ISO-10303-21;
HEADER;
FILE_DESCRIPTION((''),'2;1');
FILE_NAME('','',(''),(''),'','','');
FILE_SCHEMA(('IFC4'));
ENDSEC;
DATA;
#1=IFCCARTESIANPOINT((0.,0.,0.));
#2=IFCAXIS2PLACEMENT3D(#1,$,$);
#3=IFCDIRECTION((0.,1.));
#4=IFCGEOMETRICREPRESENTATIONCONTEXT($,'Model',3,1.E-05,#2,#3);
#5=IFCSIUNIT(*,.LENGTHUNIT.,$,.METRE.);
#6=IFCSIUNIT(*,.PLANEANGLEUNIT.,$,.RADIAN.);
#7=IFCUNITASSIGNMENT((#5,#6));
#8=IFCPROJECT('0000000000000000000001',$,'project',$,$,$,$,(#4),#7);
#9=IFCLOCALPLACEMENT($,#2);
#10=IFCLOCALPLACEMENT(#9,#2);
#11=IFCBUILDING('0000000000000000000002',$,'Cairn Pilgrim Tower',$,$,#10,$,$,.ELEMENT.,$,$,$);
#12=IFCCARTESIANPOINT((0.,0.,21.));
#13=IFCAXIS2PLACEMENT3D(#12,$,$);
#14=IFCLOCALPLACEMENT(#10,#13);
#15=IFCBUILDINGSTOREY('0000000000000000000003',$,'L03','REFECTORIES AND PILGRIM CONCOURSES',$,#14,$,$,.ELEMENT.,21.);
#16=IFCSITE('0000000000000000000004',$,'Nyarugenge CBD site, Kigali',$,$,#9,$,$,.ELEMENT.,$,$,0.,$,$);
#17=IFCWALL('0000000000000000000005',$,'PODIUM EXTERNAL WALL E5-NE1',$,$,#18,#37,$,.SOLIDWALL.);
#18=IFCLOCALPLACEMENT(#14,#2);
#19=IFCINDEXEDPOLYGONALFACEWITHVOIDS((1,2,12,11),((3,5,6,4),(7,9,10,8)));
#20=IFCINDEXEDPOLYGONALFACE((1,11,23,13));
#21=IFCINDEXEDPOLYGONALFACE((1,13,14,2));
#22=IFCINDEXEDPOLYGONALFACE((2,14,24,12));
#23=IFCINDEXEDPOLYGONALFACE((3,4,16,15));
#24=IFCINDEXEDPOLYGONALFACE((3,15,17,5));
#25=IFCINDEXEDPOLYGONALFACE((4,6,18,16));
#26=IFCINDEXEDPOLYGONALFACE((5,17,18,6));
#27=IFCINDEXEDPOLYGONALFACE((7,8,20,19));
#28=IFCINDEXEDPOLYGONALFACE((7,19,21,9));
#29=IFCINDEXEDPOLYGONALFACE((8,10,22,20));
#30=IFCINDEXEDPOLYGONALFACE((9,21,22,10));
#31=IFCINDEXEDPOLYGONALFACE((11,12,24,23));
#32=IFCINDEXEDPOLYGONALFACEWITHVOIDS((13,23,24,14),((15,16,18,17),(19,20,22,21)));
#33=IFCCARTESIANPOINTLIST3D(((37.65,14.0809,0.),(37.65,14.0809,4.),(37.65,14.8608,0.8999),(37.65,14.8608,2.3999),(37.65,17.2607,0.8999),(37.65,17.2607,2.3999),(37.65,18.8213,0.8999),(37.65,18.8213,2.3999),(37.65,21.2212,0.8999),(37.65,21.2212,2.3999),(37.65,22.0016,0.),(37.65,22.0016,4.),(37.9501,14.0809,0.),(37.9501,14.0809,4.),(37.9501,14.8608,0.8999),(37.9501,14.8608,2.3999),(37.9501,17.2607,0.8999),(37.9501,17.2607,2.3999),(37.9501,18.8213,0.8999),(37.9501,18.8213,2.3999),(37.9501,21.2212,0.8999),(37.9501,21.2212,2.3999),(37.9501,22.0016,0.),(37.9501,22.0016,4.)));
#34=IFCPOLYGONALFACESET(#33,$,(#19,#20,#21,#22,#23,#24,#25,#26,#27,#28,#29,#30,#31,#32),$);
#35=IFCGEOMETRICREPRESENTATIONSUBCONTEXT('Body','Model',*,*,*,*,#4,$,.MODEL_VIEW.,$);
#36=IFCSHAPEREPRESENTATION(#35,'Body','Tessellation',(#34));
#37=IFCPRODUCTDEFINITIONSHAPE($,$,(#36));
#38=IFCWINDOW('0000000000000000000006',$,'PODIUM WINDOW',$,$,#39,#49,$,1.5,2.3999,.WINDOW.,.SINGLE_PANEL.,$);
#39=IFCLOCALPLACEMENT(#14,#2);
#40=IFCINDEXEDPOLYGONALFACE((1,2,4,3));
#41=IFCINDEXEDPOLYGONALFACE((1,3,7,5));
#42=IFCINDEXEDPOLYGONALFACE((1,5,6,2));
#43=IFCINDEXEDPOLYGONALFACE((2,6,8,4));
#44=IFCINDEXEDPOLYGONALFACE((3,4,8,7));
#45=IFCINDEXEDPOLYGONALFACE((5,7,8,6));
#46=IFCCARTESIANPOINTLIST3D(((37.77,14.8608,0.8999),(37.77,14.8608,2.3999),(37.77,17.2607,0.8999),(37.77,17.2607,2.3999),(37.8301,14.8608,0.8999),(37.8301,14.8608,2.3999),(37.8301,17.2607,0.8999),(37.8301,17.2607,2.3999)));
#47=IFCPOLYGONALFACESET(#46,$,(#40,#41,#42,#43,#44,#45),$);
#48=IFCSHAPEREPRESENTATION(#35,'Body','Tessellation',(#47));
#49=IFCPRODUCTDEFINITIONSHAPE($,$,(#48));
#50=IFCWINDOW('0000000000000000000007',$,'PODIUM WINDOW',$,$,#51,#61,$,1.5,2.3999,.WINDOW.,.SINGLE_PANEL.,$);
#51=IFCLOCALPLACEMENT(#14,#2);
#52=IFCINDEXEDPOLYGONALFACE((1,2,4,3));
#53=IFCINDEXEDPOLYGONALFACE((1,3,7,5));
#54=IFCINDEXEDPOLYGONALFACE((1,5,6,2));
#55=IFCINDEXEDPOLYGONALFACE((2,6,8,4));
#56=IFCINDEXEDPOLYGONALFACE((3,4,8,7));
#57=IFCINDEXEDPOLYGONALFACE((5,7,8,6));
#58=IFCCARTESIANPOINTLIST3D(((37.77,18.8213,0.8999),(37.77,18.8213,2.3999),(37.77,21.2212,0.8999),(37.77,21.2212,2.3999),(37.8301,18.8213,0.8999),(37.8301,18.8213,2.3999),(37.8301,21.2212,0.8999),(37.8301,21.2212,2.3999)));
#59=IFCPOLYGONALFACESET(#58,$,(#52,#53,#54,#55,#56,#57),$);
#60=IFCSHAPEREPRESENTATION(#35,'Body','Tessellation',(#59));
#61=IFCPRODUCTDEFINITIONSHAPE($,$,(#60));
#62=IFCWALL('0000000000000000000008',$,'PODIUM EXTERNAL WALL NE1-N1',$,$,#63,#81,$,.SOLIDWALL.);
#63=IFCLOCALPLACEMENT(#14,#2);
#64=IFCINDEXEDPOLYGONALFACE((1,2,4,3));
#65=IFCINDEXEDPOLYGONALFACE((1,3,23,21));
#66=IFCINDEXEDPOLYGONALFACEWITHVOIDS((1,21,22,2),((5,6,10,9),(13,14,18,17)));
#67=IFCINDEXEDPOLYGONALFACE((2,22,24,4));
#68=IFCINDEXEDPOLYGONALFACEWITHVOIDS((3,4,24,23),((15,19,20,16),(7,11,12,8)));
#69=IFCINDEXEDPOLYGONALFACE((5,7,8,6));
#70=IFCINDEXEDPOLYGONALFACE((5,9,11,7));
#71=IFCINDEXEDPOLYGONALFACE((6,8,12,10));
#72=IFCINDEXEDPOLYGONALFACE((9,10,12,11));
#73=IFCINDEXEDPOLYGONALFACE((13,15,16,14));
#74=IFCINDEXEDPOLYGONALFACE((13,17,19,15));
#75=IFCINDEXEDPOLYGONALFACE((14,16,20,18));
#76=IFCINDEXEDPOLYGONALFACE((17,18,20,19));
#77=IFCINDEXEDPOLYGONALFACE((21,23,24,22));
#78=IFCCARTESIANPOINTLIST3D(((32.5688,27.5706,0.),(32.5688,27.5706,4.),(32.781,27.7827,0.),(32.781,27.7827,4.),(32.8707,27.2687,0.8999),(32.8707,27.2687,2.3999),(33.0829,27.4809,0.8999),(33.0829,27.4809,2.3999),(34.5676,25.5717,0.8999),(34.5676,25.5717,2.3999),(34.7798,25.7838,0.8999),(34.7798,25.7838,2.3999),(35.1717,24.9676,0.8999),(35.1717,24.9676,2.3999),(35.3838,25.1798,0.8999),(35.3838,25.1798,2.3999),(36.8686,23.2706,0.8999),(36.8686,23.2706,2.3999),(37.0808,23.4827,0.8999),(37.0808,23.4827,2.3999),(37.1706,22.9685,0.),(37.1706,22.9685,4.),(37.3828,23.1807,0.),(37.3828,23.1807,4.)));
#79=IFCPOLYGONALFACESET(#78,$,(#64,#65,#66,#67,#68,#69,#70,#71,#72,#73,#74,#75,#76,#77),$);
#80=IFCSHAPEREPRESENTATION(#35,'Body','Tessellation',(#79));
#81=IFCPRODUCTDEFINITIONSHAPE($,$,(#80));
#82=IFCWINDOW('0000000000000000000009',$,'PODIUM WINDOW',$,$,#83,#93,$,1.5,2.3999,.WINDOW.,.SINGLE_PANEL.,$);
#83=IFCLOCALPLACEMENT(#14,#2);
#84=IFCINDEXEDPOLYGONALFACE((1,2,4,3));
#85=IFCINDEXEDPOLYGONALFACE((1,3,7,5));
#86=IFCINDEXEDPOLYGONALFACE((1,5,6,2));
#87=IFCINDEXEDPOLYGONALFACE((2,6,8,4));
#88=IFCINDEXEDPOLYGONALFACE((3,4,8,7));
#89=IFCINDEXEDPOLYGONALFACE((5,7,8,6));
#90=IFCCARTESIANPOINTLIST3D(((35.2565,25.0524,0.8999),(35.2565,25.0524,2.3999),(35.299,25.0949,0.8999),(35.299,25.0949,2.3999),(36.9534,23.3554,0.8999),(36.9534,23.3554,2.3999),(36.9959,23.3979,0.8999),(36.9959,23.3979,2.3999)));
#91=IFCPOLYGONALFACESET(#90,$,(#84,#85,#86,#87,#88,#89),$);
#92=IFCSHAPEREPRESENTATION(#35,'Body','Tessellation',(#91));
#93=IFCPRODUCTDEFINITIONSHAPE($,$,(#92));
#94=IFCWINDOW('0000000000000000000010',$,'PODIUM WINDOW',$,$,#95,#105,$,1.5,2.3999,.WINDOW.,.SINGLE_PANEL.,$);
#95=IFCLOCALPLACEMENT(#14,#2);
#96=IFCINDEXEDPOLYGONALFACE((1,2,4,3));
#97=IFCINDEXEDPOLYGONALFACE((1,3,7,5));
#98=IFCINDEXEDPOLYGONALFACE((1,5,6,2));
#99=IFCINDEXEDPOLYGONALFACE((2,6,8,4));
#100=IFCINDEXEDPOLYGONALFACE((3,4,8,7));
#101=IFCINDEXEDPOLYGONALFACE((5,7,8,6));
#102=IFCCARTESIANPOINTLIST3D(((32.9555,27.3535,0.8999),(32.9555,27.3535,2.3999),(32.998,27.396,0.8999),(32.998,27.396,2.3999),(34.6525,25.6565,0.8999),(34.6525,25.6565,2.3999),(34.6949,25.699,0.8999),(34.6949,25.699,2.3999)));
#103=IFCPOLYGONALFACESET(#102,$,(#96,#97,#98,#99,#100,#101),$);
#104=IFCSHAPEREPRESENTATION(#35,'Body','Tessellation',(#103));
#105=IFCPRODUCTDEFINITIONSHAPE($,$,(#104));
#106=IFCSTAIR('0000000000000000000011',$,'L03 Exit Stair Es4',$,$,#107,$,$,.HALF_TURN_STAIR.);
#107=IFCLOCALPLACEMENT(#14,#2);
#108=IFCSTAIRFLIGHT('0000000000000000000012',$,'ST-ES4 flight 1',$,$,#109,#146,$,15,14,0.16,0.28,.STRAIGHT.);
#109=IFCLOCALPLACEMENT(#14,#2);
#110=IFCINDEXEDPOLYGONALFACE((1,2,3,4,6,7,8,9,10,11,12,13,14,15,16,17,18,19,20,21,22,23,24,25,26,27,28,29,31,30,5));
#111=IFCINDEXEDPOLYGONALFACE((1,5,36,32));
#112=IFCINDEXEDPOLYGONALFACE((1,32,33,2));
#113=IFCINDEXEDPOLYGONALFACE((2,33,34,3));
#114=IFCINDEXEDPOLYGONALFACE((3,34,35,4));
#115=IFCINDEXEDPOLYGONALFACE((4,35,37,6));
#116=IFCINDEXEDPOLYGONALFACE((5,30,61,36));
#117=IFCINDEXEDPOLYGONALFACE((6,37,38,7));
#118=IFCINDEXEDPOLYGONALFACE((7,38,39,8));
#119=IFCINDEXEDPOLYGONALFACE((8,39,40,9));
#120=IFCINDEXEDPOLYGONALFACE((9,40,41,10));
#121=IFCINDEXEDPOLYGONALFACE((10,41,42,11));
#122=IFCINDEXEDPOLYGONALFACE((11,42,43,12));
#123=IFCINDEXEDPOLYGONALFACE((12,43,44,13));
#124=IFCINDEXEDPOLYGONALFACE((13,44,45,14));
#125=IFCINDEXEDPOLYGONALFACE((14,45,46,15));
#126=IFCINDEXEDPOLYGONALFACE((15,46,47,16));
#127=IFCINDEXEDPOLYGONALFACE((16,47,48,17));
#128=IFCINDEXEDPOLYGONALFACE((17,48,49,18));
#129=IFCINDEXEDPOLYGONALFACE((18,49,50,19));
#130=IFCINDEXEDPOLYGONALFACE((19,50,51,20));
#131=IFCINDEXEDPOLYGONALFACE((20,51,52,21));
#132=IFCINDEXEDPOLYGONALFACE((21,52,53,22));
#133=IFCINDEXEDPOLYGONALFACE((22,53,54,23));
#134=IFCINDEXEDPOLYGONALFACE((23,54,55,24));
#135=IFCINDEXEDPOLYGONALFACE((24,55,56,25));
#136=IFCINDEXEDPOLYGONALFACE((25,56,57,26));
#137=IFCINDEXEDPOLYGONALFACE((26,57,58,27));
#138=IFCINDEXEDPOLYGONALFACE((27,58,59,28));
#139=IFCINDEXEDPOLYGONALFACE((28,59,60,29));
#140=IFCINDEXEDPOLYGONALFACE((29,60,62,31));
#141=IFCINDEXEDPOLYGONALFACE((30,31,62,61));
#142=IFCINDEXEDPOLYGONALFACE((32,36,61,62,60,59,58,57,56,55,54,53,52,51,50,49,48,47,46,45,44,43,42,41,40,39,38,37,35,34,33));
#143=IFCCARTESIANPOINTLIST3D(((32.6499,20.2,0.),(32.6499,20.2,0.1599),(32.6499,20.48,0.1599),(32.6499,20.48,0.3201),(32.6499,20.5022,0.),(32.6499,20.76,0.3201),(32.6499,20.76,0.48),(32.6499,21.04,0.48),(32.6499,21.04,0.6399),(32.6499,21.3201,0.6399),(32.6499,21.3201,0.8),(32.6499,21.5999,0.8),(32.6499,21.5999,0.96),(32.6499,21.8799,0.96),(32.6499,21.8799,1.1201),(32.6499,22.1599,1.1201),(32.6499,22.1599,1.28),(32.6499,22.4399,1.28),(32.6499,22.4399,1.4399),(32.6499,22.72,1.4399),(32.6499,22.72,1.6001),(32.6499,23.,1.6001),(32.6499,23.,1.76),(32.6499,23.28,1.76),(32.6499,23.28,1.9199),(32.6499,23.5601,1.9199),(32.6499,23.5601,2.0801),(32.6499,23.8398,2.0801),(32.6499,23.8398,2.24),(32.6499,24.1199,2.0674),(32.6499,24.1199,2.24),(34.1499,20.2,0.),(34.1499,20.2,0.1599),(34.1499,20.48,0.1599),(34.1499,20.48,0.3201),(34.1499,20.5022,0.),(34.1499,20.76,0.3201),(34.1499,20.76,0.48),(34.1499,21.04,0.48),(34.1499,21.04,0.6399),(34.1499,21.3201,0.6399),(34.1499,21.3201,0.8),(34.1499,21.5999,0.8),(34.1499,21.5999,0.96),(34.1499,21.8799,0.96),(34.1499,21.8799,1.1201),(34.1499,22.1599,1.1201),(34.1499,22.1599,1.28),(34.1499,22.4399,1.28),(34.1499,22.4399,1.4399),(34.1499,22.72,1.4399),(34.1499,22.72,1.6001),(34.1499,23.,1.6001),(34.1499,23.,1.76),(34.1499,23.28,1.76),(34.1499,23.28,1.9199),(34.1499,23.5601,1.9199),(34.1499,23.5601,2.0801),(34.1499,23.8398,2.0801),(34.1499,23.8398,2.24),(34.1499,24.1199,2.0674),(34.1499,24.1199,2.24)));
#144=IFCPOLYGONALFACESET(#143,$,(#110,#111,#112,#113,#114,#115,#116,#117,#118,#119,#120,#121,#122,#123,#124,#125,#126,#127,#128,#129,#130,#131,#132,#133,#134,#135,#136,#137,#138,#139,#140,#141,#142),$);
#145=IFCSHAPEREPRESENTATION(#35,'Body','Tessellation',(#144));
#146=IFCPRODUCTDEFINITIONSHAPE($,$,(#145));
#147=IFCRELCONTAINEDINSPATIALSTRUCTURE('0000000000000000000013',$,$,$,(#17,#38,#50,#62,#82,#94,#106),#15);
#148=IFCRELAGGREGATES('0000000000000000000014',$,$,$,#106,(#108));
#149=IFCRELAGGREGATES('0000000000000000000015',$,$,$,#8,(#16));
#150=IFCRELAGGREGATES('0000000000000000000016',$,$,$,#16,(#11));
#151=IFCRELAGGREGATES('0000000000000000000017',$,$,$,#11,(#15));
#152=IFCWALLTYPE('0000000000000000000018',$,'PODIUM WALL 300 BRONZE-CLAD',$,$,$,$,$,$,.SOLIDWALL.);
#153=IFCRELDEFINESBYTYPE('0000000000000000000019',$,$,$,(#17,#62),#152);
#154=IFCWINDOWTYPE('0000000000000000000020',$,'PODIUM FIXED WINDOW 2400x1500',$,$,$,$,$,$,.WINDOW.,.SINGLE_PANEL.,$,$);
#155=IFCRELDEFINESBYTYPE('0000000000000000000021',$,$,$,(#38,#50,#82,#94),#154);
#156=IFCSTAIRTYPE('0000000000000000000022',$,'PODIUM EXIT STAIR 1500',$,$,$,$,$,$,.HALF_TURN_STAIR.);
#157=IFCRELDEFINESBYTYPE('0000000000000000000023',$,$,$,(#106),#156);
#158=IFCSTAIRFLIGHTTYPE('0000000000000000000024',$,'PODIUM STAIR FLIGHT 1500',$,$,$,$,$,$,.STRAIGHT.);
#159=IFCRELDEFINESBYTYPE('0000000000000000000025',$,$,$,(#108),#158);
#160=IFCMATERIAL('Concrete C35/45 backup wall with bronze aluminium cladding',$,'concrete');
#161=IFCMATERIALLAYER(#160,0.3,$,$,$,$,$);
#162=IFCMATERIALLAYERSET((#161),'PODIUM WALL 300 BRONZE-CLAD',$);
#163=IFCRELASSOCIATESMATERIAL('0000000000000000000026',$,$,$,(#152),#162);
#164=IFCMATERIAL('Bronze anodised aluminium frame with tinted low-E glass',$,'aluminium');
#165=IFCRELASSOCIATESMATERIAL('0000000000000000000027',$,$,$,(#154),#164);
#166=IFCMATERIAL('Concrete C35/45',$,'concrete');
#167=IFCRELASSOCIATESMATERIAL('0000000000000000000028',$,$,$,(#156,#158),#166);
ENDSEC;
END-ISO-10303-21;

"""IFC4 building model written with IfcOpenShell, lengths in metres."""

from ifc_helpers import new_model, si_unit, direction, frame, frame_2d, origin, place, context, subcontext, project, spatial, polyline, rectangle, outline, extrude, material, layer, layer_set, type_object, element, fill, aggregate, save


model = new_model("IFC4")

# Units and contexts
model_context = context("Model", 3, precision=1e-05, world=origin(), true_north=direction((0.0, 1.0)))
body_context = subcontext(model_context, "Body", "Model", "MODEL_VIEW")
ifc_project = project(units=[si_unit("LENGTHUNIT", "METRE"), si_unit("PLANEANGLEUNIT", "RADIAN")], contexts=[model_context])

# Site, building, storey
site_placement = place(None, origin())
site = spatial("IfcSite", under=ifc_project, at=site_placement, Name="Nyarugenge CBD site, Kigali", CompositionType="ELEMENT", RefElevation=0.0)
building_placement = place(site_placement, origin())
building = spatial("IfcBuilding", under=site, at=building_placement, Name="Cairn Pilgrim Tower", CompositionType="ELEMENT")
storey_placement = place(building_placement, frame((0.0, 0.0, 21.0)))
storey = spatial("IfcBuildingStorey", under=building, at=storey_placement, Name="L03", Description="REFECTORIES AND PILGRIM CONCOURSES", CompositionType="ELEMENT", Elevation=21.0)

# Shared definitions
ifc_material_1 = material(Name="Concrete C35/45", Category="concrete")

# Walls, openings, windows
ifc_material_2 = material(Name="Concrete C35/45 backup wall with bronze aluminium cladding", Category="concrete")
ifc_layer_1 = layer(ifc_material_2, 0.3)
ifc_layer_set_1 = layer_set([ifc_layer_1], Name="PODIUM WALL 300 BRONZE-CLAD")
wall_type_1 = type_object("IfcWallType", Name="PODIUM WALL 300 BRONZE-CLAD", PredefinedType="SOLIDWALL", material=ifc_layer_set_1)
wall_1_placement = place(storey_placement, frame((37.8, 14.0808, 0.0), z_axis=(0.0, 0.0, 1.0), x_axis=(0.0, 1.0, 0.0)))
wall_1 = element("IfcWall", 1, at=wall_1_placement, inside=storey, type_object=wall_type_1, Name="PODIUM EXTERNAL WALL E5-NE1", PredefinedType="SOLIDWALL", context=body_context, shape_type="SweptSolid", body=[
    extrude(rectangle(XDim=7.9207, YDim=0.3, at=frame_2d((3.9604, 0.0))), origin(), (0.0, 0.0, 1.0), 4.0),
])
opening_1_placement = place(wall_1_placement, frame((0.78, 0.0, 0.8999)))
opening_1 = element("IfcOpeningElement", 2, at=opening_1_placement, cuts=wall_1, PredefinedType="OPENING", context=body_context, shape_type="SweptSolid", body=[
    extrude(rectangle(XDim=2.3999, YDim=1.5, at=frame_2d((1.2, 0.75))), frame((0.0, 0.1602, 0.0), z_axis=(0.0, -1.0, 0.0), x_axis=(1.0, 0.0, 0.0)), (0.0, 0.0, 1.0), 0.3201),
])
opening_2_placement = place(wall_1_placement, frame((4.7405, 0.0, 0.8999)))
opening_2 = element("IfcOpeningElement", 3, at=opening_2_placement, cuts=wall_1, PredefinedType="OPENING", context=body_context, shape_type="SweptSolid", body=[
    extrude(rectangle(XDim=2.3999, YDim=1.5, at=frame_2d((1.2, 0.75))), frame((0.0, 0.1602, 0.0), z_axis=(0.0, -1.0, 0.0), x_axis=(1.0, 0.0, 0.0)), (0.0, 0.0, 1.0), 0.3201),
])
ifc_material_3 = material(Name="Bronze anodised aluminium frame with tinted low-E glass", Category="aluminium")
window_type = type_object("IfcWindowType", Name="PODIUM FIXED WINDOW 2400x1500", PartitioningType="SINGLE_PANEL", PredefinedType="WINDOW", material=ifc_material_3)
window_1_placement = place(opening_1_placement, origin())
window_1 = element("IfcWindow", 4, at=window_1_placement, inside=storey, type_object=window_type, Name="PODIUM WINDOW", OverallHeight=1.5, OverallWidth=2.3999, PartitioningType="SINGLE_PANEL", PredefinedType="WINDOW", context=body_context, shape_type="SweptSolid", body=[
    extrude(rectangle(XDim=2.3999, YDim=1.5, at=frame_2d((1.2, 0.75))), frame((0.0, 0.03, 0.0), z_axis=(0.0, -1.0, 0.0), x_axis=(1.0, 0.0, 0.0)), (0.0, 0.0, 1.0), 0.0601),
])
fill(opening_1, window_1)
window_2_placement = place(opening_2_placement, origin())
window_2 = element("IfcWindow", 5, at=window_2_placement, inside=storey, type_object=window_type, Name="PODIUM WINDOW", OverallHeight=1.5, OverallWidth=2.3999, PartitioningType="SINGLE_PANEL", PredefinedType="WINDOW", context=body_context, shape_type="SweptSolid", body=[
    extrude(rectangle(XDim=2.3999, YDim=1.5, at=frame_2d((1.2, 0.75))), frame((0.0, 0.03, 0.0), z_axis=(0.0, -1.0, 0.0), x_axis=(1.0, 0.0, 0.0)), (0.0, 0.0, 1.0), 0.0601),
])
fill(opening_2, window_2)
wall_2_placement = place(storey_placement, frame((37.2766, 23.0747, 0.0), z_axis=(0.0, 0.0, 1.0), x_axis=(-0.707088, 0.707126, 0.0)))
wall_2 = element("IfcWall", 6, at=wall_2_placement, inside=storey, type_object=wall_type_1, Name="PODIUM EXTERNAL WALL NE1-N1", PredefinedType="SOLIDWALL", context=body_context, shape_type="SweptSolid", body=[
    extrude(rectangle(XDim=6.5081, YDim=0.3, at=frame_2d((3.2539, 0.0))), origin(), (0.0, 0.0, 1.0), 4.0),
])
opening_3_placement = place(wall_2_placement, frame((0.427, 0.0, 0.8999)))
opening_3 = element("IfcOpeningElement", 7, at=opening_3_placement, cuts=wall_2, PredefinedType="OPENING", context=body_context, shape_type="SweptSolid", body=[
    extrude(rectangle(XDim=2.3999, YDim=1.5, at=frame_2d((1.2, 0.75))), frame((0.0, 0.1602, 0.0), z_axis=(0.0, -1.0, 0.0), x_axis=(1.0, 0.0, 0.0)), (0.0, 0.0, 1.0), 0.3201),
])
opening_4_placement = place(wall_2_placement, frame((3.6812, 0.0, 0.8999)))
opening_4 = element("IfcOpeningElement", 8, at=opening_4_placement, cuts=wall_2, PredefinedType="OPENING", context=body_context, shape_type="SweptSolid", body=[
    extrude(rectangle(XDim=2.3999, YDim=1.5, at=frame_2d((1.2, 0.75))), frame((0.0, 0.1602, 0.0), z_axis=(0.0, -1.0, 0.0), x_axis=(1.0, 0.0, 0.0)), (0.0, 0.0, 1.0), 0.3201),
])
window_3_placement = place(opening_3_placement, origin())
window_3 = element("IfcWindow", 9, at=window_3_placement, inside=storey, type_object=window_type, Name="PODIUM WINDOW", OverallHeight=1.5, OverallWidth=2.3999, PartitioningType="SINGLE_PANEL", PredefinedType="WINDOW", context=body_context, shape_type="SweptSolid", body=[
    extrude(rectangle(XDim=2.3999, YDim=1.5, at=frame_2d((1.2, 0.75))), frame((0.0, 0.03, 0.0), z_axis=(0.0, -1.0, 0.0), x_axis=(1.0, 0.0, 0.0)), (0.0, 0.0, 1.0), 0.0601),
])
fill(opening_3, window_3)
window_4_placement = place(opening_4_placement, origin())
window_4 = element("IfcWindow", 10, at=window_4_placement, inside=storey, type_object=window_type, Name="PODIUM WINDOW", OverallHeight=1.5, OverallWidth=2.3999, PartitioningType="SINGLE_PANEL", PredefinedType="WINDOW", context=body_context, shape_type="SweptSolid", body=[
    extrude(rectangle(XDim=2.3999, YDim=1.5, at=frame_2d((1.2, 0.75))), frame((0.0, 0.03, 0.0), z_axis=(0.0, -1.0, 0.0), x_axis=(1.0, 0.0, 0.0)), (0.0, 0.0, 1.0), 0.0601),
])
fill(opening_4, window_4)

# Stair, stair flight
stair_type = type_object("IfcStairType", Name="PODIUM EXIT STAIR 1500", PredefinedType="HALF_TURN_STAIR", material=ifc_material_1)
stair_placement = place(storey_placement, origin())
stair = element("IfcStair", 11, at=stair_placement, inside=storey, type_object=stair_type, Name="L03 Exit Stair Es4", PredefinedType="HALF_TURN_STAIR")
stair_flight_type = type_object("IfcStairFlightType", Name="PODIUM STAIR FLIGHT 1500", PredefinedType="STRAIGHT", material=ifc_material_1)
stair_flight_placement = place(storey_placement, frame((33.3999, 20.2, 0.0), z_axis=(0.0, 0.0, 1.0), x_axis=(0.0, 1.0, 0.0)))
stair_flight = element("IfcStairFlight", 12, at=stair_flight_placement, type_object=stair_flight_type, Name="ST-ES4 flight 1", NumberOfRisers=15, NumberOfTreads=14, PredefinedType="STRAIGHT", RiserHeight=0.16, TreadLength=0.28, context=body_context, shape_type="SweptSolid", body=[
    extrude(outline(polyline([(0.0, 0.0), (0.0, 0.1599), (0.28, 0.1599), (0.28, 0.3201), (0.5601, 0.3201), (0.5601, 0.48), (0.8401, 0.48), (0.8401, 0.6399), (1.1201, 0.6399), (1.1201, 0.8), (1.3999, 0.8), (1.3999, 0.96), (1.6799, 0.96), (1.6799, 1.1201), (1.96, 1.1201), (1.96, 1.28), (2.24, 1.28), (2.24, 1.4399), (2.52, 1.4399), (2.52, 1.6001), (2.8, 1.6001), (2.8, 1.76), (3.0801, 1.76), (3.0801, 1.9199), (3.3601, 1.9199), (3.3601, 2.0801), (3.6399, 2.0801), (3.6399, 2.24), (3.9199, 2.24), (3.9199, 2.3999), (3.9199, 2.0674), (0.3022, 0.0), (0.0, 0.0)])), frame((0.0, 0.75, 0.0), z_axis=(0.0, -1.0, 0.0), x_axis=(1.0, 0.0, 0.0)), (0.0, 0.0, 1.0), 1.5),
])
aggregate(stair, [stair_flight])

save(model, "model.ifc")
